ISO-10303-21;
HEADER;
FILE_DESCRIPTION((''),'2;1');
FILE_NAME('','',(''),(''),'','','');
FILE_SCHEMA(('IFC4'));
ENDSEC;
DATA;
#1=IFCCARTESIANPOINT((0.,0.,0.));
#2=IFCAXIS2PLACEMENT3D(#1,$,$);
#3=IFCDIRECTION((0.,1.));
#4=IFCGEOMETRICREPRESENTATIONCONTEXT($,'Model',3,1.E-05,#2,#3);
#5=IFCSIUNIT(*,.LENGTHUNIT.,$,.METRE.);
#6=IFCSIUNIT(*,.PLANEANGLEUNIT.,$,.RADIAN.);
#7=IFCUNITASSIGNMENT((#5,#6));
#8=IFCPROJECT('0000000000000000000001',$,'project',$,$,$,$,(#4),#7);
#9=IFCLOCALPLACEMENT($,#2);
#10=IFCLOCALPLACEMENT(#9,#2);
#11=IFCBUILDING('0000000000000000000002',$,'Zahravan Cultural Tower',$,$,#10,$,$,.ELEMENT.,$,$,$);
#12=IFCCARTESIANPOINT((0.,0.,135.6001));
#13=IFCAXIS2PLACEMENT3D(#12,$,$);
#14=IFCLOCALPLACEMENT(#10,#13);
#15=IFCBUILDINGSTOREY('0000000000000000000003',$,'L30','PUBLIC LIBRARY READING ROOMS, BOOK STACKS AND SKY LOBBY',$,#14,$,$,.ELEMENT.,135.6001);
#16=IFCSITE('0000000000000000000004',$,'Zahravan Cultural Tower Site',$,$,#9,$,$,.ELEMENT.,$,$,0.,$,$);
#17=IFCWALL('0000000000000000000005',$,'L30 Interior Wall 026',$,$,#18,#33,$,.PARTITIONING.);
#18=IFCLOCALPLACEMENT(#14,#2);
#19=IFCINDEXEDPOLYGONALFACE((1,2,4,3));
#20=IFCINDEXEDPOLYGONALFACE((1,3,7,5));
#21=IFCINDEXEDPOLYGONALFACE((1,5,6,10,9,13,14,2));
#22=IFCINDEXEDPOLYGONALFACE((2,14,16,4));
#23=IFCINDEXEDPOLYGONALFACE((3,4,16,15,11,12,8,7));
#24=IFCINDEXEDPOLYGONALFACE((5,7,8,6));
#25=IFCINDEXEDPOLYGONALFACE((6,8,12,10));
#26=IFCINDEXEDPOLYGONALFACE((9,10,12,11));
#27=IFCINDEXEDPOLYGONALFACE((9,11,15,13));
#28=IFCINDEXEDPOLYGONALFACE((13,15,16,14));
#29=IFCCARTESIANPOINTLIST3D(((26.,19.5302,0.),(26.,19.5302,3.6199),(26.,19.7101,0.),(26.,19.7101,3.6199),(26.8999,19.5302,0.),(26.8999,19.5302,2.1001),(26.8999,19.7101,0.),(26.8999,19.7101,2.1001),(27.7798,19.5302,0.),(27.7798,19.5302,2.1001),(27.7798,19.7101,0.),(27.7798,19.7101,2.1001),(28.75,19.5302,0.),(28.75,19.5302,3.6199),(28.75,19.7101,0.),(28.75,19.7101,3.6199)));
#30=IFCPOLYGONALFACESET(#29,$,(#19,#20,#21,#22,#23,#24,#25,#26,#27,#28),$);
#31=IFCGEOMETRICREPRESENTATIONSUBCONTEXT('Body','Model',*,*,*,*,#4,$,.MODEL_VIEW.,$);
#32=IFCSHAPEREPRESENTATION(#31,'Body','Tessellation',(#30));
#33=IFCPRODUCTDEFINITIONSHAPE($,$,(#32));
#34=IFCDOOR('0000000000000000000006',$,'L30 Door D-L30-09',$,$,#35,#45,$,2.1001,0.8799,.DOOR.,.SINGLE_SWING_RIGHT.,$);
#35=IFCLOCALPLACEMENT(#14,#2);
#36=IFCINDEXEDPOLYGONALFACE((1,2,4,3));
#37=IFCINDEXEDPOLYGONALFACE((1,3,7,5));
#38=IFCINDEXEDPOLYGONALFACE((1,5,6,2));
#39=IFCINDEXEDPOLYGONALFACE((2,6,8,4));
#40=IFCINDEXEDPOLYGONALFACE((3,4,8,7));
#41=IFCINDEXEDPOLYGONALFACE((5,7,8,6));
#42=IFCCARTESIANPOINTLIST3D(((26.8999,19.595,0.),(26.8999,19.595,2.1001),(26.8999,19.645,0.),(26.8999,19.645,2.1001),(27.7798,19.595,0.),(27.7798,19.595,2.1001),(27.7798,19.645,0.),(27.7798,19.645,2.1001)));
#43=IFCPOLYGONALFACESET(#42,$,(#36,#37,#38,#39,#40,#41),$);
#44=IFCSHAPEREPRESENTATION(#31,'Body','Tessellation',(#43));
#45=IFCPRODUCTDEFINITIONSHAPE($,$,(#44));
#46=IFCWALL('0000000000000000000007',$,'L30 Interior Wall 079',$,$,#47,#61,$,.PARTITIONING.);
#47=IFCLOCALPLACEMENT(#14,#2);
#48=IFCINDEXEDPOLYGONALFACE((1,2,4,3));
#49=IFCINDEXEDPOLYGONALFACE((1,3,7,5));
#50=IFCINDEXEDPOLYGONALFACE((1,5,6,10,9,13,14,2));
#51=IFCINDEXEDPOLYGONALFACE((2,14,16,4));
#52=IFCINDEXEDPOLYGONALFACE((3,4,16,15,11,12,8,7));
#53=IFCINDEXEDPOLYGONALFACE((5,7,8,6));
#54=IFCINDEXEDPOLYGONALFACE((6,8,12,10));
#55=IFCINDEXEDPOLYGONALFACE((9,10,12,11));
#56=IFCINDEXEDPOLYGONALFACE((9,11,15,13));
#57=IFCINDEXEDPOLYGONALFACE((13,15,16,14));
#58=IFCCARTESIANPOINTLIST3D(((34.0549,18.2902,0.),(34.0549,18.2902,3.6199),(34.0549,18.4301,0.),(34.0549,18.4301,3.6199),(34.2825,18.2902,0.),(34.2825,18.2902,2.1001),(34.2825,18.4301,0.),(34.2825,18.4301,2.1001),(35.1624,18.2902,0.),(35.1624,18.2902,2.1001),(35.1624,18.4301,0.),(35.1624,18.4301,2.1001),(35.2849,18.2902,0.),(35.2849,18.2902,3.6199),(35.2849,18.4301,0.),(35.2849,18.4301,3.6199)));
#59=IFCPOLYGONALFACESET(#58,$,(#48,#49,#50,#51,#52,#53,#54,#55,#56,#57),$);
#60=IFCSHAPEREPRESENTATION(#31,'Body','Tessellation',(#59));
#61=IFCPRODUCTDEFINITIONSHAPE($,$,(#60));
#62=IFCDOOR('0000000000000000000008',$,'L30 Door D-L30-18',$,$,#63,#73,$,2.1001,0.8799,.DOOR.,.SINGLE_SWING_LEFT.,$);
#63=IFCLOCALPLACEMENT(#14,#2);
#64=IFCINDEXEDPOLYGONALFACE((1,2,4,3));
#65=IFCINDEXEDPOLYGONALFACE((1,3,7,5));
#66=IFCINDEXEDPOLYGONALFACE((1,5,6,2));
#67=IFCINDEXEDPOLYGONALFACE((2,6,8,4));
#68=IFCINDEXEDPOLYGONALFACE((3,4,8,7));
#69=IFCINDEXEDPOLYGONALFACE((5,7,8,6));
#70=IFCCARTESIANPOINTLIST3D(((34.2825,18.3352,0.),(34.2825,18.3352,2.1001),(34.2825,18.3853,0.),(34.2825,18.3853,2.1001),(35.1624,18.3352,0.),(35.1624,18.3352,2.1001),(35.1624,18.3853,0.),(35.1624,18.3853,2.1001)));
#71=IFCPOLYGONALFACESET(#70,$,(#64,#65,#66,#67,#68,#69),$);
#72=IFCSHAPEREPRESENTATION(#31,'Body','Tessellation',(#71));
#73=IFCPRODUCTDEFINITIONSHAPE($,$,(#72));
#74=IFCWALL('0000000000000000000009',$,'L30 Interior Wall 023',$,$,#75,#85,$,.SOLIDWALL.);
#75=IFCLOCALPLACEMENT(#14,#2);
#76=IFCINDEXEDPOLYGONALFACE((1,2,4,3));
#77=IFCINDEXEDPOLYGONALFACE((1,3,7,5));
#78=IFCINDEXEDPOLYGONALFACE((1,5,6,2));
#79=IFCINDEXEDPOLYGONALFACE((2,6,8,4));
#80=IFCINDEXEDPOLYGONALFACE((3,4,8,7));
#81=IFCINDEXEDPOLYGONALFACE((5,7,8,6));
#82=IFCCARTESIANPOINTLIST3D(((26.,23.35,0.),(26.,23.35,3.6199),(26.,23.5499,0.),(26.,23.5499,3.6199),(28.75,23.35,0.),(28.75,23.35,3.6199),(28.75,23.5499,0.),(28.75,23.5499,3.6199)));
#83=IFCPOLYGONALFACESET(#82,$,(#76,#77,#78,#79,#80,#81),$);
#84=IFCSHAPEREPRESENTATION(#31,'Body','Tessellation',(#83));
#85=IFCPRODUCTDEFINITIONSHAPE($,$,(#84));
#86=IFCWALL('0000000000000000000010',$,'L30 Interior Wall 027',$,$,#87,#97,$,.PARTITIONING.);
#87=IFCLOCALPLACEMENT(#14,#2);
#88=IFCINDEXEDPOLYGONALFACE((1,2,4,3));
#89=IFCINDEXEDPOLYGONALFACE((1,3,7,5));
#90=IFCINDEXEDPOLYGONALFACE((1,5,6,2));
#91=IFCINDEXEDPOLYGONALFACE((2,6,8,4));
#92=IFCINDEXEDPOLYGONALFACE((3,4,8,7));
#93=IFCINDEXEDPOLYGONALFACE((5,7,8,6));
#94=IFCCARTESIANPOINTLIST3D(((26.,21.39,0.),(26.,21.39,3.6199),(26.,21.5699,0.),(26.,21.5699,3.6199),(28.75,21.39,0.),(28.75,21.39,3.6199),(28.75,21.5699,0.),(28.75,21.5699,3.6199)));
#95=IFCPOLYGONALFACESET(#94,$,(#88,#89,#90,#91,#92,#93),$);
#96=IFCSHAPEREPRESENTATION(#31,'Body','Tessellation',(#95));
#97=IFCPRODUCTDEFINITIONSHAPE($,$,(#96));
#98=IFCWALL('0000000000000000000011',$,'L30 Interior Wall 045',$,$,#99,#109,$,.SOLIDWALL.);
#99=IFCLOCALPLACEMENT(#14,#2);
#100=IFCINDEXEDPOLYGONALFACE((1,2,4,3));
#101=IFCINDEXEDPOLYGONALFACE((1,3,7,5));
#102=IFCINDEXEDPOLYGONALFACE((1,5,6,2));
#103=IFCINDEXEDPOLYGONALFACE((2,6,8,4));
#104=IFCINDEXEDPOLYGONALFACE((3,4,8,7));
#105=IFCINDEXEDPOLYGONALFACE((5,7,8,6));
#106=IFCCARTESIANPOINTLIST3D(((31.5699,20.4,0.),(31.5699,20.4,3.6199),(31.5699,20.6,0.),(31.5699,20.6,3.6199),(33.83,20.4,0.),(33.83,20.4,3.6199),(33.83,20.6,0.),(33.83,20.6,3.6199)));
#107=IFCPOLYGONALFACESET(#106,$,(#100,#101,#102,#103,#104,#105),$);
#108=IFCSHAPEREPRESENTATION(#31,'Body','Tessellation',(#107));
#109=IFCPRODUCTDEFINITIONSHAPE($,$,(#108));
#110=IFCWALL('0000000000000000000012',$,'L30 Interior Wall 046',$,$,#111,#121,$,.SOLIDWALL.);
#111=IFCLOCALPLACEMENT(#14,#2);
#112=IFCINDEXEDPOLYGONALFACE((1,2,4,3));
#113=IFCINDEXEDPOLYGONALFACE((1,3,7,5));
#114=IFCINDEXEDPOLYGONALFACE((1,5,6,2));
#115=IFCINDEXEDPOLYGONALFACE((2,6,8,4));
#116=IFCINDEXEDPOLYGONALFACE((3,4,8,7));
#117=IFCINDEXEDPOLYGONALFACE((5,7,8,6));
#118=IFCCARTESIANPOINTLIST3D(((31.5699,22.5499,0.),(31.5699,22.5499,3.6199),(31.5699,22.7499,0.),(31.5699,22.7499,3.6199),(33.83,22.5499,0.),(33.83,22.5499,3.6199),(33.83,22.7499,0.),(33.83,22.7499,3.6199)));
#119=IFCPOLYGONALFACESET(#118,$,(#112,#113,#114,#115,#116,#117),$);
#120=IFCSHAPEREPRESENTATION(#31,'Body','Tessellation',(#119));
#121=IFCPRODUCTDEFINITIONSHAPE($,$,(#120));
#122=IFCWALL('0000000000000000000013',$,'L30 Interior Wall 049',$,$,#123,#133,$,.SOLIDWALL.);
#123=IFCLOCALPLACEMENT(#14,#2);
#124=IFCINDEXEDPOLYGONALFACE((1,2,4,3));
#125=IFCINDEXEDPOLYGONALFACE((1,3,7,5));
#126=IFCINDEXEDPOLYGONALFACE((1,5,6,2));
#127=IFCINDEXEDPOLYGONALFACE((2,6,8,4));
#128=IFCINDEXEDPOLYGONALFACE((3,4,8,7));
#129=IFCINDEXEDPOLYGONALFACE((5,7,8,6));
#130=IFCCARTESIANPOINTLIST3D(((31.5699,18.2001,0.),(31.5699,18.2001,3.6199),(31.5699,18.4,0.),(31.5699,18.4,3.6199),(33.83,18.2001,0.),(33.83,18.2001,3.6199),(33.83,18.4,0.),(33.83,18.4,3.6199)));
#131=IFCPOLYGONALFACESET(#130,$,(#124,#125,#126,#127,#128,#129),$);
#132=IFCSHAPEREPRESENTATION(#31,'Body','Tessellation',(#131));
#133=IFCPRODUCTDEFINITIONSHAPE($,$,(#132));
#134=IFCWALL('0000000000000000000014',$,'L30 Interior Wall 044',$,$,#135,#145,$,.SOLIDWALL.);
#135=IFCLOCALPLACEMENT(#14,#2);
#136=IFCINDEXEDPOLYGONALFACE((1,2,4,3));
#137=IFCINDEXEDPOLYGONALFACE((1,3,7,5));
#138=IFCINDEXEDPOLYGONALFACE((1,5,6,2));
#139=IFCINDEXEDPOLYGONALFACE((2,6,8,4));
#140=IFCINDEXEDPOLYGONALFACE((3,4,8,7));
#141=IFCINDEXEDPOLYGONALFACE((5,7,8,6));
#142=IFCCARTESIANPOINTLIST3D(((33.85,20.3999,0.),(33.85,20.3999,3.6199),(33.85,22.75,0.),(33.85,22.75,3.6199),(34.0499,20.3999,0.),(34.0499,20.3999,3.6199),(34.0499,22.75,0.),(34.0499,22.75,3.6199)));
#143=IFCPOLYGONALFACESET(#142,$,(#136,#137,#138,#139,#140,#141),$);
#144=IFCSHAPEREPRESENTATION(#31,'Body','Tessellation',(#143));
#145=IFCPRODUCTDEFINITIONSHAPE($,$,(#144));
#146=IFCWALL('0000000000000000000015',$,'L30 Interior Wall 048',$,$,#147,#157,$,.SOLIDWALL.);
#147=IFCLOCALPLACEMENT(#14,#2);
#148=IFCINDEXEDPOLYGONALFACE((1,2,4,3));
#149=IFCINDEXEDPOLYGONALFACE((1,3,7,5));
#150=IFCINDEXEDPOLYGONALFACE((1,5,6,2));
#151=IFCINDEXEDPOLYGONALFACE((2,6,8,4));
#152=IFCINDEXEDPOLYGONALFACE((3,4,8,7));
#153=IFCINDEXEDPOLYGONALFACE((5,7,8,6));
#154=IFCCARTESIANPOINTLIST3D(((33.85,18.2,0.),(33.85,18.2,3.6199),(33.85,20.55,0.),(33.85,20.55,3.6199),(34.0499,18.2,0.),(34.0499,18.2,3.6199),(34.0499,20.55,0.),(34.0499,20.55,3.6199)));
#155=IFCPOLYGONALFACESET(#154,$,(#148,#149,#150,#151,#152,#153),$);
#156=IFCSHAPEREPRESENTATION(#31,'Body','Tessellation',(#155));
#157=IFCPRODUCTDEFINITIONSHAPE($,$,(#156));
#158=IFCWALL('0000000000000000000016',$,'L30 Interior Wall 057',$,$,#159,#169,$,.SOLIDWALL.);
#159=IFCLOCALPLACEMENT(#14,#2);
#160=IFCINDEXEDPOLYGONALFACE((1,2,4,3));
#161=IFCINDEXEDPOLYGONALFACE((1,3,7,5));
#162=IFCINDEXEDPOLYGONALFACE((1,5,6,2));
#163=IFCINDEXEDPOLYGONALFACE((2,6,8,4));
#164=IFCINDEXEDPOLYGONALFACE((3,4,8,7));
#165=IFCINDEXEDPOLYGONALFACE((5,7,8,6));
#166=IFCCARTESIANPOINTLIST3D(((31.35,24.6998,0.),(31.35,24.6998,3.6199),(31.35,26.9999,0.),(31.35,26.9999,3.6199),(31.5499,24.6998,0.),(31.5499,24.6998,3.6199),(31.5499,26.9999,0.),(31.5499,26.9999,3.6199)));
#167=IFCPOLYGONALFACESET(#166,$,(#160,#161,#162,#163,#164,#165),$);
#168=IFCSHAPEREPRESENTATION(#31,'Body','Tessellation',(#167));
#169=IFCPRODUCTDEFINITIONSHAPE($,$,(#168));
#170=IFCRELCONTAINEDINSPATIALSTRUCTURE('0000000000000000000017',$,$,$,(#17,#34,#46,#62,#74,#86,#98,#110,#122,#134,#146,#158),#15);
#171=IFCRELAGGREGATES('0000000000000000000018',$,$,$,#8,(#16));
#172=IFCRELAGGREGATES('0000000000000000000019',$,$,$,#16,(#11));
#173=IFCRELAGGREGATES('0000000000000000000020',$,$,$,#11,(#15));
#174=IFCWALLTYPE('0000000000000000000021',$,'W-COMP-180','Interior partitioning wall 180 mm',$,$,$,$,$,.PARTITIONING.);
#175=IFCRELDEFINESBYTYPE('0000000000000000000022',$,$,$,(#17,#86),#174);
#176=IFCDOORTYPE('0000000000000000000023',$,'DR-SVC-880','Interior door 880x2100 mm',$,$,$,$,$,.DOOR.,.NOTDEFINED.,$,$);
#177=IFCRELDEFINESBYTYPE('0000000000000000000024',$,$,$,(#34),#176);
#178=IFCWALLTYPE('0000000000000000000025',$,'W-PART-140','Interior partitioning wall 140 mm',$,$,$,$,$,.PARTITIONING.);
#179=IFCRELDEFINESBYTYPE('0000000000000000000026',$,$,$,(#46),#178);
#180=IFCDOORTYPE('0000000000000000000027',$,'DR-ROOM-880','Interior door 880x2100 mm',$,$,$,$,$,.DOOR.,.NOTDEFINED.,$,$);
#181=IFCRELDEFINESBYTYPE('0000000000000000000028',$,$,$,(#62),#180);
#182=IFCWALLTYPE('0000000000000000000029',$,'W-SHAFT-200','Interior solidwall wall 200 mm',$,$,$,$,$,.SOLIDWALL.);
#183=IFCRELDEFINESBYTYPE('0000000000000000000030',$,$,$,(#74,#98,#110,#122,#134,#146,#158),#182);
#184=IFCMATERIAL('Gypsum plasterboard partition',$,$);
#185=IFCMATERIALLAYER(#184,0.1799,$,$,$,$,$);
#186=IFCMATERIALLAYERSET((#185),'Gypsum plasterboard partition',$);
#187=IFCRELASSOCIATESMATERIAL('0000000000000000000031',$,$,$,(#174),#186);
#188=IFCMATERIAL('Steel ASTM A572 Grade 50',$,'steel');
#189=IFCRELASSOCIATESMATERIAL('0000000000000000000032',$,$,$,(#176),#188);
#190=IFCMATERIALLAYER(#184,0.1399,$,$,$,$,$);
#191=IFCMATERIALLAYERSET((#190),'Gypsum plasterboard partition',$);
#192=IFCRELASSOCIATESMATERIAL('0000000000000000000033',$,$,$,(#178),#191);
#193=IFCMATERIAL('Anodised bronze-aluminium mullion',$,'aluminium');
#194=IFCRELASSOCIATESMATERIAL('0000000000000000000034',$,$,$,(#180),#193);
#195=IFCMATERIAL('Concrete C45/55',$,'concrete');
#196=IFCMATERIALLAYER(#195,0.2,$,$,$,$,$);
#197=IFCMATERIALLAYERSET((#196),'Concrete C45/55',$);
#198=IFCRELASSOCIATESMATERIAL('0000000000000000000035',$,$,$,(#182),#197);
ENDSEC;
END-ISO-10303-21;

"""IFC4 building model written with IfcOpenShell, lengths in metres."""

from ifc_helpers import new_model, si_unit, direction, frame, frame_2d, origin, place, context, subcontext, project, spatial, rectangle, extrude, source, transform, mapped, material, layer, layer_set, type_object, element, fill, save


model = new_model("IFC4")

# Units and contexts
model_context = context("Model", 3, precision=1e-05, world=origin(), true_north=direction((0.0, 1.0)))
body_context = subcontext(model_context, "Body", "Model", "MODEL_VIEW")
ifc_project = project(units=[si_unit("LENGTHUNIT", "METRE"), si_unit("PLANEANGLEUNIT", "RADIAN")], contexts=[model_context])

# Site, building, storey
site_placement = place(None, origin())
site = spatial("IfcSite", under=ifc_project, at=site_placement, Name="Zahravan Cultural Tower Site", CompositionType="ELEMENT", RefElevation=0.0)
building_placement = place(site_placement, origin())
building = spatial("IfcBuilding", under=site, at=building_placement, Name="Zahravan Cultural Tower", CompositionType="ELEMENT")
storey_placement = place(building_placement, frame((0.0, 0.0, 135.6001)))
storey = spatial("IfcBuildingStorey", under=building, at=storey_placement, Name="L30", Description="PUBLIC LIBRARY READING ROOMS, BOOK STACKS AND SKY LOBBY", CompositionType="ELEMENT", Elevation=135.6001)

# Walls, openings, doors
ifc_material_1 = material(Name="Gypsum plasterboard partition")
ifc_layer_1 = layer(ifc_material_1, 0.1799)
ifc_layer_set_1 = layer_set([ifc_layer_1], Name="Gypsum plasterboard partition")
wall_type_1 = type_object("IfcWallType", Name="W-COMP-180", Description="Interior partitioning wall 180 mm", PredefinedType="PARTITIONING", material=ifc_layer_set_1)
wall_1_placement = place(storey_placement, frame((26.0, 19.6201, 0.0), z_axis=(0.0, 0.0, 1.0), x_axis=(1.0, 0.0, 0.0)))
wall_1 = element("IfcWall", 1, at=wall_1_placement, inside=storey, type_object=wall_type_1, Name="L30 Interior Wall 026", PredefinedType="PARTITIONING", context=body_context, shape_type="SweptSolid", body=[
    extrude(rectangle(XDim=2.75, YDim=0.1799, at=frame_2d((1.375, 0.0))), origin(), (0.0, 0.0, 1.0), 3.6199),
])
opening_1_placement = place(wall_1_placement, frame((0.8999, 0.0, 0.0)))
opening_1 = element("IfcOpeningElement", 2, at=opening_1_placement, cuts=wall_1, PredefinedType="OPENING", context=body_context, shape_type="SweptSolid", body=[
    extrude(rectangle(XDim=0.8799, YDim=2.1001, at=frame_2d((0.4399, 1.05))), frame((0.0, 0.0999, 0.0), z_axis=(0.0, -1.0, 0.0), x_axis=(1.0, 0.0, 0.0)), (0.0, 0.0, 1.0), 0.2),
])
ifc_material_2 = material(Name="Steel ASTM A572 Grade 50", Category="steel")
door_type_1 = type_object("IfcDoorType", Name="DR-SVC-880", Description="Interior door 880x2100 mm", OperationType="NOTDEFINED", PredefinedType="DOOR", material=ifc_material_2)
shared_shape_1 = source(origin(), body_context, "Body", "SweptSolid", [
    extrude(rectangle(XDim=0.8799, YDim=2.1001, at=frame_2d((0.4399, 1.05))), frame((0.0, 0.0249, 0.0), z_axis=(0.0, -1.0, 0.0), x_axis=(1.0, 0.0, 0.0)), (0.0, 0.0, 1.0), 0.05),
])
door_1_placement = place(opening_1_placement, origin())
door_1 = element("IfcDoor", 3, at=door_1_placement, inside=storey, type_object=door_type_1, Name="L30 Door D-L30-09", OperationType="SINGLE_SWING_RIGHT", OverallHeight=2.1001, OverallWidth=0.8799, PredefinedType="DOOR", context=body_context, shape_type="MappedRepresentation", body=[
    mapped(shared_shape_1, transform((0.0, 0.0, 0.0), x_axis=(1.0, 0.0, 0.0), y_axis=(0.0, 1.0, 0.0), z_axis=(0.0, 0.0, 1.0), scale=1.0)),
])
fill(opening_1, door_1)
ifc_layer_2 = layer(ifc_material_1, 0.1399)
ifc_layer_set_2 = layer_set([ifc_layer_2], Name="Gypsum plasterboard partition")
wall_type_2 = type_object("IfcWallType", Name="W-PART-140", Description="Interior partitioning wall 140 mm", PredefinedType="PARTITIONING", material=ifc_layer_set_2)
wall_2_placement = place(storey_placement, frame((35.2849, 18.3601, 0.0), z_axis=(0.0, 0.0, 1.0), x_axis=(-1.0, 0.0, 0.0)))
wall_2 = element("IfcWall", 4, at=wall_2_placement, inside=storey, type_object=wall_type_2, Name="L30 Interior Wall 079", PredefinedType="PARTITIONING", context=body_context, shape_type="SweptSolid", body=[
    extrude(rectangle(XDim=1.23, YDim=0.1399, at=frame_2d((0.615, 0.0))), origin(), (0.0, 0.0, 1.0), 3.6199),
])
opening_2_placement = place(wall_2_placement, frame((0.1226, 0.0, 0.0)))
opening_2 = element("IfcOpeningElement", 5, at=opening_2_placement, cuts=wall_2, PredefinedType="OPENING", context=body_context, shape_type="SweptSolid", body=[
    extrude(rectangle(XDim=0.8799, YDim=2.1001, at=frame_2d((0.4399, 1.05))), frame((0.0, 0.0798, 0.0), z_axis=(0.0, -1.0, 0.0), x_axis=(1.0, 0.0, 0.0)), (0.0, 0.0, 1.0), 0.1599),
])
ifc_material_3 = material(Name="Anodised bronze-aluminium mullion", Category="aluminium")
door_type_2 = type_object("IfcDoorType", Name="DR-ROOM-880", Description="Interior door 880x2100 mm", OperationType="NOTDEFINED", PredefinedType="DOOR", material=ifc_material_3)
door_2_placement = place(opening_2_placement, origin())
door_2 = element("IfcDoor", 6, at=door_2_placement, inside=storey, type_object=door_type_2, Name="L30 Door D-L30-18", OperationType="SINGLE_SWING_LEFT", OverallHeight=2.1001, OverallWidth=0.8799, PredefinedType="DOOR", context=body_context, shape_type="MappedRepresentation", body=[
    mapped(shared_shape_1, transform((0.0, 0.0, 0.0), x_axis=(1.0, 0.0, 0.0), y_axis=(0.0, 1.0, 0.0), z_axis=(0.0, 0.0, 1.0), scale=1.0)),
])
fill(opening_2, door_2)
ifc_material_4 = material(Name="Concrete C45/55", Category="concrete")
ifc_layer_3 = layer(ifc_material_4, 0.2)
ifc_layer_set_3 = layer_set([ifc_layer_3], Name="Concrete C45/55")
wall_type_3 = type_object("IfcWallType", Name="W-SHAFT-200", Description="Interior solidwall wall 200 mm", PredefinedType="SOLIDWALL", material=ifc_layer_set_3)

# Walls
shared_shape_2 = source(origin(), body_context, "Body", "SweptSolid", [
    extrude(rectangle(XDim=2.75, YDim=0.2, at=frame_2d((1.375, 0.0))), origin(), (0.0, 0.0, 1.0), 3.6199),
])
wall_3_placement = place(storey_placement, frame((26.0, 23.45, 0.0), z_axis=(0.0, 0.0, 1.0), x_axis=(1.0, 0.0, 0.0)))
element("IfcWall", 7, at=wall_3_placement, inside=storey, type_object=wall_type_3, Name="L30 Interior Wall 023", PredefinedType="SOLIDWALL", context=body_context, shape_type="MappedRepresentation", body=[
    mapped(shared_shape_2, transform((0.0, 0.0, 0.0), x_axis=(1.0, 0.0, 0.0), y_axis=(0.0, 1.0, 0.0), z_axis=(0.0, 0.0, 1.0), scale=1.0)),
])
shared_shape_3 = source(origin(), body_context, "Body", "SweptSolid", [
    extrude(rectangle(XDim=2.75, YDim=0.1799, at=frame_2d((1.375, 0.0))), origin(), (0.0, 0.0, 1.0), 3.6199),
])
wall_4_placement = place(storey_placement, frame((26.0, 21.48, 0.0), z_axis=(0.0, 0.0, 1.0), x_axis=(1.0, 0.0, 0.0)))
element("IfcWall", 8, at=wall_4_placement, inside=storey, type_object=wall_type_1, Name="L30 Interior Wall 027", PredefinedType="PARTITIONING", context=body_context, shape_type="MappedRepresentation", body=[
    mapped(shared_shape_3, transform((0.0, 0.0, 0.0), x_axis=(1.0, 0.0, 0.0), y_axis=(0.0, 1.0, 0.0), z_axis=(0.0, 0.0, 1.0), scale=1.0)),
])
shared_shape_4 = source(origin(), body_context, "Body", "SweptSolid", [
    extrude(rectangle(XDim=2.26, YDim=0.2, at=frame_2d((1.1299, 0.0))), origin(), (0.0, 0.0, 1.0), 3.6199),
])
for number, where, z_axis, x_axis, name in (
    (9, (31.5701, 20.5, 0.0), (0.0, 0.0, 1.0), (1.0, 0.0, 0.0), "L30 Interior Wall 045"),
    (10, (31.5701, 22.6499, 0.0), (0.0, 0.0, 1.0), (1.0, 0.0, 0.0), "L30 Interior Wall 046"),
    (11, (31.5701, 18.3, 0.0), (0.0, 0.0, 1.0), (1.0, 0.0, 0.0), "L30 Interior Wall 049"),
):
    element("IfcWall", number, at=place(storey_placement, frame(where, z_axis=z_axis, x_axis=x_axis)), inside=storey, type_object=wall_type_3, Name=name, PredefinedType="SOLIDWALL", context=body_context, shape_type="MappedRepresentation", body=[
        mapped(shared_shape_4, transform((0.0, 0.0, 0.0), x_axis=(1.0, 0.0, 0.0), y_axis=(0.0, 1.0, 0.0), z_axis=(0.0, 0.0, 1.0), scale=1.0)),
    ])
shared_shape_5 = source(origin(), body_context, "Body", "SweptSolid", [
    extrude(rectangle(XDim=2.3501, YDim=0.2, at=frame_2d((1.175, 0.0))), origin(), (0.0, 0.0, 1.0), 3.6199),
])
for number, where, z_axis, x_axis, name in (
    (12, (33.95, 20.3999, 0.0), (0.0, 0.0, 1.0), (0.0, 1.0, 0.0), "L30 Interior Wall 044"),
    (13, (33.95, 18.2, 0.0), (0.0, 0.0, 1.0), (0.0, 1.0, 0.0), "L30 Interior Wall 048"),
):
    element("IfcWall", number, at=place(storey_placement, frame(where, z_axis=z_axis, x_axis=x_axis)), inside=storey, type_object=wall_type_3, Name=name, PredefinedType="SOLIDWALL", context=body_context, shape_type="MappedRepresentation", body=[
        mapped(shared_shape_5, transform((0.0, 0.0, 0.0), x_axis=(1.0, 0.0, 0.0), y_axis=(0.0, 1.0, 0.0), z_axis=(0.0, 0.0, 1.0), scale=1.0)),
    ])
shared_shape_6 = source(origin(), body_context, "Body", "SweptSolid", [
    extrude(rectangle(XDim=2.3, YDim=0.2, at=frame_2d((1.1499, 0.0))), origin(), (0.0, 0.0, 1.0), 3.6199),
])
wall_5_placement = place(storey_placement, frame((31.45, 24.7, 0.0), z_axis=(0.0, 0.0, 1.0), x_axis=(0.0, 1.0, 0.0)))
element("IfcWall", 14, at=wall_5_placement, inside=storey, type_object=wall_type_3, Name="L30 Interior Wall 057", PredefinedType="SOLIDWALL", context=body_context, shape_type="MappedRepresentation", body=[
    mapped(shared_shape_6, transform((0.0, 0.0, 0.0), x_axis=(1.0, 0.0, 0.0), y_axis=(0.0, 1.0, 0.0), z_axis=(0.0, 0.0, 1.0), scale=1.0)),
])

save(model, "model.ifc")
